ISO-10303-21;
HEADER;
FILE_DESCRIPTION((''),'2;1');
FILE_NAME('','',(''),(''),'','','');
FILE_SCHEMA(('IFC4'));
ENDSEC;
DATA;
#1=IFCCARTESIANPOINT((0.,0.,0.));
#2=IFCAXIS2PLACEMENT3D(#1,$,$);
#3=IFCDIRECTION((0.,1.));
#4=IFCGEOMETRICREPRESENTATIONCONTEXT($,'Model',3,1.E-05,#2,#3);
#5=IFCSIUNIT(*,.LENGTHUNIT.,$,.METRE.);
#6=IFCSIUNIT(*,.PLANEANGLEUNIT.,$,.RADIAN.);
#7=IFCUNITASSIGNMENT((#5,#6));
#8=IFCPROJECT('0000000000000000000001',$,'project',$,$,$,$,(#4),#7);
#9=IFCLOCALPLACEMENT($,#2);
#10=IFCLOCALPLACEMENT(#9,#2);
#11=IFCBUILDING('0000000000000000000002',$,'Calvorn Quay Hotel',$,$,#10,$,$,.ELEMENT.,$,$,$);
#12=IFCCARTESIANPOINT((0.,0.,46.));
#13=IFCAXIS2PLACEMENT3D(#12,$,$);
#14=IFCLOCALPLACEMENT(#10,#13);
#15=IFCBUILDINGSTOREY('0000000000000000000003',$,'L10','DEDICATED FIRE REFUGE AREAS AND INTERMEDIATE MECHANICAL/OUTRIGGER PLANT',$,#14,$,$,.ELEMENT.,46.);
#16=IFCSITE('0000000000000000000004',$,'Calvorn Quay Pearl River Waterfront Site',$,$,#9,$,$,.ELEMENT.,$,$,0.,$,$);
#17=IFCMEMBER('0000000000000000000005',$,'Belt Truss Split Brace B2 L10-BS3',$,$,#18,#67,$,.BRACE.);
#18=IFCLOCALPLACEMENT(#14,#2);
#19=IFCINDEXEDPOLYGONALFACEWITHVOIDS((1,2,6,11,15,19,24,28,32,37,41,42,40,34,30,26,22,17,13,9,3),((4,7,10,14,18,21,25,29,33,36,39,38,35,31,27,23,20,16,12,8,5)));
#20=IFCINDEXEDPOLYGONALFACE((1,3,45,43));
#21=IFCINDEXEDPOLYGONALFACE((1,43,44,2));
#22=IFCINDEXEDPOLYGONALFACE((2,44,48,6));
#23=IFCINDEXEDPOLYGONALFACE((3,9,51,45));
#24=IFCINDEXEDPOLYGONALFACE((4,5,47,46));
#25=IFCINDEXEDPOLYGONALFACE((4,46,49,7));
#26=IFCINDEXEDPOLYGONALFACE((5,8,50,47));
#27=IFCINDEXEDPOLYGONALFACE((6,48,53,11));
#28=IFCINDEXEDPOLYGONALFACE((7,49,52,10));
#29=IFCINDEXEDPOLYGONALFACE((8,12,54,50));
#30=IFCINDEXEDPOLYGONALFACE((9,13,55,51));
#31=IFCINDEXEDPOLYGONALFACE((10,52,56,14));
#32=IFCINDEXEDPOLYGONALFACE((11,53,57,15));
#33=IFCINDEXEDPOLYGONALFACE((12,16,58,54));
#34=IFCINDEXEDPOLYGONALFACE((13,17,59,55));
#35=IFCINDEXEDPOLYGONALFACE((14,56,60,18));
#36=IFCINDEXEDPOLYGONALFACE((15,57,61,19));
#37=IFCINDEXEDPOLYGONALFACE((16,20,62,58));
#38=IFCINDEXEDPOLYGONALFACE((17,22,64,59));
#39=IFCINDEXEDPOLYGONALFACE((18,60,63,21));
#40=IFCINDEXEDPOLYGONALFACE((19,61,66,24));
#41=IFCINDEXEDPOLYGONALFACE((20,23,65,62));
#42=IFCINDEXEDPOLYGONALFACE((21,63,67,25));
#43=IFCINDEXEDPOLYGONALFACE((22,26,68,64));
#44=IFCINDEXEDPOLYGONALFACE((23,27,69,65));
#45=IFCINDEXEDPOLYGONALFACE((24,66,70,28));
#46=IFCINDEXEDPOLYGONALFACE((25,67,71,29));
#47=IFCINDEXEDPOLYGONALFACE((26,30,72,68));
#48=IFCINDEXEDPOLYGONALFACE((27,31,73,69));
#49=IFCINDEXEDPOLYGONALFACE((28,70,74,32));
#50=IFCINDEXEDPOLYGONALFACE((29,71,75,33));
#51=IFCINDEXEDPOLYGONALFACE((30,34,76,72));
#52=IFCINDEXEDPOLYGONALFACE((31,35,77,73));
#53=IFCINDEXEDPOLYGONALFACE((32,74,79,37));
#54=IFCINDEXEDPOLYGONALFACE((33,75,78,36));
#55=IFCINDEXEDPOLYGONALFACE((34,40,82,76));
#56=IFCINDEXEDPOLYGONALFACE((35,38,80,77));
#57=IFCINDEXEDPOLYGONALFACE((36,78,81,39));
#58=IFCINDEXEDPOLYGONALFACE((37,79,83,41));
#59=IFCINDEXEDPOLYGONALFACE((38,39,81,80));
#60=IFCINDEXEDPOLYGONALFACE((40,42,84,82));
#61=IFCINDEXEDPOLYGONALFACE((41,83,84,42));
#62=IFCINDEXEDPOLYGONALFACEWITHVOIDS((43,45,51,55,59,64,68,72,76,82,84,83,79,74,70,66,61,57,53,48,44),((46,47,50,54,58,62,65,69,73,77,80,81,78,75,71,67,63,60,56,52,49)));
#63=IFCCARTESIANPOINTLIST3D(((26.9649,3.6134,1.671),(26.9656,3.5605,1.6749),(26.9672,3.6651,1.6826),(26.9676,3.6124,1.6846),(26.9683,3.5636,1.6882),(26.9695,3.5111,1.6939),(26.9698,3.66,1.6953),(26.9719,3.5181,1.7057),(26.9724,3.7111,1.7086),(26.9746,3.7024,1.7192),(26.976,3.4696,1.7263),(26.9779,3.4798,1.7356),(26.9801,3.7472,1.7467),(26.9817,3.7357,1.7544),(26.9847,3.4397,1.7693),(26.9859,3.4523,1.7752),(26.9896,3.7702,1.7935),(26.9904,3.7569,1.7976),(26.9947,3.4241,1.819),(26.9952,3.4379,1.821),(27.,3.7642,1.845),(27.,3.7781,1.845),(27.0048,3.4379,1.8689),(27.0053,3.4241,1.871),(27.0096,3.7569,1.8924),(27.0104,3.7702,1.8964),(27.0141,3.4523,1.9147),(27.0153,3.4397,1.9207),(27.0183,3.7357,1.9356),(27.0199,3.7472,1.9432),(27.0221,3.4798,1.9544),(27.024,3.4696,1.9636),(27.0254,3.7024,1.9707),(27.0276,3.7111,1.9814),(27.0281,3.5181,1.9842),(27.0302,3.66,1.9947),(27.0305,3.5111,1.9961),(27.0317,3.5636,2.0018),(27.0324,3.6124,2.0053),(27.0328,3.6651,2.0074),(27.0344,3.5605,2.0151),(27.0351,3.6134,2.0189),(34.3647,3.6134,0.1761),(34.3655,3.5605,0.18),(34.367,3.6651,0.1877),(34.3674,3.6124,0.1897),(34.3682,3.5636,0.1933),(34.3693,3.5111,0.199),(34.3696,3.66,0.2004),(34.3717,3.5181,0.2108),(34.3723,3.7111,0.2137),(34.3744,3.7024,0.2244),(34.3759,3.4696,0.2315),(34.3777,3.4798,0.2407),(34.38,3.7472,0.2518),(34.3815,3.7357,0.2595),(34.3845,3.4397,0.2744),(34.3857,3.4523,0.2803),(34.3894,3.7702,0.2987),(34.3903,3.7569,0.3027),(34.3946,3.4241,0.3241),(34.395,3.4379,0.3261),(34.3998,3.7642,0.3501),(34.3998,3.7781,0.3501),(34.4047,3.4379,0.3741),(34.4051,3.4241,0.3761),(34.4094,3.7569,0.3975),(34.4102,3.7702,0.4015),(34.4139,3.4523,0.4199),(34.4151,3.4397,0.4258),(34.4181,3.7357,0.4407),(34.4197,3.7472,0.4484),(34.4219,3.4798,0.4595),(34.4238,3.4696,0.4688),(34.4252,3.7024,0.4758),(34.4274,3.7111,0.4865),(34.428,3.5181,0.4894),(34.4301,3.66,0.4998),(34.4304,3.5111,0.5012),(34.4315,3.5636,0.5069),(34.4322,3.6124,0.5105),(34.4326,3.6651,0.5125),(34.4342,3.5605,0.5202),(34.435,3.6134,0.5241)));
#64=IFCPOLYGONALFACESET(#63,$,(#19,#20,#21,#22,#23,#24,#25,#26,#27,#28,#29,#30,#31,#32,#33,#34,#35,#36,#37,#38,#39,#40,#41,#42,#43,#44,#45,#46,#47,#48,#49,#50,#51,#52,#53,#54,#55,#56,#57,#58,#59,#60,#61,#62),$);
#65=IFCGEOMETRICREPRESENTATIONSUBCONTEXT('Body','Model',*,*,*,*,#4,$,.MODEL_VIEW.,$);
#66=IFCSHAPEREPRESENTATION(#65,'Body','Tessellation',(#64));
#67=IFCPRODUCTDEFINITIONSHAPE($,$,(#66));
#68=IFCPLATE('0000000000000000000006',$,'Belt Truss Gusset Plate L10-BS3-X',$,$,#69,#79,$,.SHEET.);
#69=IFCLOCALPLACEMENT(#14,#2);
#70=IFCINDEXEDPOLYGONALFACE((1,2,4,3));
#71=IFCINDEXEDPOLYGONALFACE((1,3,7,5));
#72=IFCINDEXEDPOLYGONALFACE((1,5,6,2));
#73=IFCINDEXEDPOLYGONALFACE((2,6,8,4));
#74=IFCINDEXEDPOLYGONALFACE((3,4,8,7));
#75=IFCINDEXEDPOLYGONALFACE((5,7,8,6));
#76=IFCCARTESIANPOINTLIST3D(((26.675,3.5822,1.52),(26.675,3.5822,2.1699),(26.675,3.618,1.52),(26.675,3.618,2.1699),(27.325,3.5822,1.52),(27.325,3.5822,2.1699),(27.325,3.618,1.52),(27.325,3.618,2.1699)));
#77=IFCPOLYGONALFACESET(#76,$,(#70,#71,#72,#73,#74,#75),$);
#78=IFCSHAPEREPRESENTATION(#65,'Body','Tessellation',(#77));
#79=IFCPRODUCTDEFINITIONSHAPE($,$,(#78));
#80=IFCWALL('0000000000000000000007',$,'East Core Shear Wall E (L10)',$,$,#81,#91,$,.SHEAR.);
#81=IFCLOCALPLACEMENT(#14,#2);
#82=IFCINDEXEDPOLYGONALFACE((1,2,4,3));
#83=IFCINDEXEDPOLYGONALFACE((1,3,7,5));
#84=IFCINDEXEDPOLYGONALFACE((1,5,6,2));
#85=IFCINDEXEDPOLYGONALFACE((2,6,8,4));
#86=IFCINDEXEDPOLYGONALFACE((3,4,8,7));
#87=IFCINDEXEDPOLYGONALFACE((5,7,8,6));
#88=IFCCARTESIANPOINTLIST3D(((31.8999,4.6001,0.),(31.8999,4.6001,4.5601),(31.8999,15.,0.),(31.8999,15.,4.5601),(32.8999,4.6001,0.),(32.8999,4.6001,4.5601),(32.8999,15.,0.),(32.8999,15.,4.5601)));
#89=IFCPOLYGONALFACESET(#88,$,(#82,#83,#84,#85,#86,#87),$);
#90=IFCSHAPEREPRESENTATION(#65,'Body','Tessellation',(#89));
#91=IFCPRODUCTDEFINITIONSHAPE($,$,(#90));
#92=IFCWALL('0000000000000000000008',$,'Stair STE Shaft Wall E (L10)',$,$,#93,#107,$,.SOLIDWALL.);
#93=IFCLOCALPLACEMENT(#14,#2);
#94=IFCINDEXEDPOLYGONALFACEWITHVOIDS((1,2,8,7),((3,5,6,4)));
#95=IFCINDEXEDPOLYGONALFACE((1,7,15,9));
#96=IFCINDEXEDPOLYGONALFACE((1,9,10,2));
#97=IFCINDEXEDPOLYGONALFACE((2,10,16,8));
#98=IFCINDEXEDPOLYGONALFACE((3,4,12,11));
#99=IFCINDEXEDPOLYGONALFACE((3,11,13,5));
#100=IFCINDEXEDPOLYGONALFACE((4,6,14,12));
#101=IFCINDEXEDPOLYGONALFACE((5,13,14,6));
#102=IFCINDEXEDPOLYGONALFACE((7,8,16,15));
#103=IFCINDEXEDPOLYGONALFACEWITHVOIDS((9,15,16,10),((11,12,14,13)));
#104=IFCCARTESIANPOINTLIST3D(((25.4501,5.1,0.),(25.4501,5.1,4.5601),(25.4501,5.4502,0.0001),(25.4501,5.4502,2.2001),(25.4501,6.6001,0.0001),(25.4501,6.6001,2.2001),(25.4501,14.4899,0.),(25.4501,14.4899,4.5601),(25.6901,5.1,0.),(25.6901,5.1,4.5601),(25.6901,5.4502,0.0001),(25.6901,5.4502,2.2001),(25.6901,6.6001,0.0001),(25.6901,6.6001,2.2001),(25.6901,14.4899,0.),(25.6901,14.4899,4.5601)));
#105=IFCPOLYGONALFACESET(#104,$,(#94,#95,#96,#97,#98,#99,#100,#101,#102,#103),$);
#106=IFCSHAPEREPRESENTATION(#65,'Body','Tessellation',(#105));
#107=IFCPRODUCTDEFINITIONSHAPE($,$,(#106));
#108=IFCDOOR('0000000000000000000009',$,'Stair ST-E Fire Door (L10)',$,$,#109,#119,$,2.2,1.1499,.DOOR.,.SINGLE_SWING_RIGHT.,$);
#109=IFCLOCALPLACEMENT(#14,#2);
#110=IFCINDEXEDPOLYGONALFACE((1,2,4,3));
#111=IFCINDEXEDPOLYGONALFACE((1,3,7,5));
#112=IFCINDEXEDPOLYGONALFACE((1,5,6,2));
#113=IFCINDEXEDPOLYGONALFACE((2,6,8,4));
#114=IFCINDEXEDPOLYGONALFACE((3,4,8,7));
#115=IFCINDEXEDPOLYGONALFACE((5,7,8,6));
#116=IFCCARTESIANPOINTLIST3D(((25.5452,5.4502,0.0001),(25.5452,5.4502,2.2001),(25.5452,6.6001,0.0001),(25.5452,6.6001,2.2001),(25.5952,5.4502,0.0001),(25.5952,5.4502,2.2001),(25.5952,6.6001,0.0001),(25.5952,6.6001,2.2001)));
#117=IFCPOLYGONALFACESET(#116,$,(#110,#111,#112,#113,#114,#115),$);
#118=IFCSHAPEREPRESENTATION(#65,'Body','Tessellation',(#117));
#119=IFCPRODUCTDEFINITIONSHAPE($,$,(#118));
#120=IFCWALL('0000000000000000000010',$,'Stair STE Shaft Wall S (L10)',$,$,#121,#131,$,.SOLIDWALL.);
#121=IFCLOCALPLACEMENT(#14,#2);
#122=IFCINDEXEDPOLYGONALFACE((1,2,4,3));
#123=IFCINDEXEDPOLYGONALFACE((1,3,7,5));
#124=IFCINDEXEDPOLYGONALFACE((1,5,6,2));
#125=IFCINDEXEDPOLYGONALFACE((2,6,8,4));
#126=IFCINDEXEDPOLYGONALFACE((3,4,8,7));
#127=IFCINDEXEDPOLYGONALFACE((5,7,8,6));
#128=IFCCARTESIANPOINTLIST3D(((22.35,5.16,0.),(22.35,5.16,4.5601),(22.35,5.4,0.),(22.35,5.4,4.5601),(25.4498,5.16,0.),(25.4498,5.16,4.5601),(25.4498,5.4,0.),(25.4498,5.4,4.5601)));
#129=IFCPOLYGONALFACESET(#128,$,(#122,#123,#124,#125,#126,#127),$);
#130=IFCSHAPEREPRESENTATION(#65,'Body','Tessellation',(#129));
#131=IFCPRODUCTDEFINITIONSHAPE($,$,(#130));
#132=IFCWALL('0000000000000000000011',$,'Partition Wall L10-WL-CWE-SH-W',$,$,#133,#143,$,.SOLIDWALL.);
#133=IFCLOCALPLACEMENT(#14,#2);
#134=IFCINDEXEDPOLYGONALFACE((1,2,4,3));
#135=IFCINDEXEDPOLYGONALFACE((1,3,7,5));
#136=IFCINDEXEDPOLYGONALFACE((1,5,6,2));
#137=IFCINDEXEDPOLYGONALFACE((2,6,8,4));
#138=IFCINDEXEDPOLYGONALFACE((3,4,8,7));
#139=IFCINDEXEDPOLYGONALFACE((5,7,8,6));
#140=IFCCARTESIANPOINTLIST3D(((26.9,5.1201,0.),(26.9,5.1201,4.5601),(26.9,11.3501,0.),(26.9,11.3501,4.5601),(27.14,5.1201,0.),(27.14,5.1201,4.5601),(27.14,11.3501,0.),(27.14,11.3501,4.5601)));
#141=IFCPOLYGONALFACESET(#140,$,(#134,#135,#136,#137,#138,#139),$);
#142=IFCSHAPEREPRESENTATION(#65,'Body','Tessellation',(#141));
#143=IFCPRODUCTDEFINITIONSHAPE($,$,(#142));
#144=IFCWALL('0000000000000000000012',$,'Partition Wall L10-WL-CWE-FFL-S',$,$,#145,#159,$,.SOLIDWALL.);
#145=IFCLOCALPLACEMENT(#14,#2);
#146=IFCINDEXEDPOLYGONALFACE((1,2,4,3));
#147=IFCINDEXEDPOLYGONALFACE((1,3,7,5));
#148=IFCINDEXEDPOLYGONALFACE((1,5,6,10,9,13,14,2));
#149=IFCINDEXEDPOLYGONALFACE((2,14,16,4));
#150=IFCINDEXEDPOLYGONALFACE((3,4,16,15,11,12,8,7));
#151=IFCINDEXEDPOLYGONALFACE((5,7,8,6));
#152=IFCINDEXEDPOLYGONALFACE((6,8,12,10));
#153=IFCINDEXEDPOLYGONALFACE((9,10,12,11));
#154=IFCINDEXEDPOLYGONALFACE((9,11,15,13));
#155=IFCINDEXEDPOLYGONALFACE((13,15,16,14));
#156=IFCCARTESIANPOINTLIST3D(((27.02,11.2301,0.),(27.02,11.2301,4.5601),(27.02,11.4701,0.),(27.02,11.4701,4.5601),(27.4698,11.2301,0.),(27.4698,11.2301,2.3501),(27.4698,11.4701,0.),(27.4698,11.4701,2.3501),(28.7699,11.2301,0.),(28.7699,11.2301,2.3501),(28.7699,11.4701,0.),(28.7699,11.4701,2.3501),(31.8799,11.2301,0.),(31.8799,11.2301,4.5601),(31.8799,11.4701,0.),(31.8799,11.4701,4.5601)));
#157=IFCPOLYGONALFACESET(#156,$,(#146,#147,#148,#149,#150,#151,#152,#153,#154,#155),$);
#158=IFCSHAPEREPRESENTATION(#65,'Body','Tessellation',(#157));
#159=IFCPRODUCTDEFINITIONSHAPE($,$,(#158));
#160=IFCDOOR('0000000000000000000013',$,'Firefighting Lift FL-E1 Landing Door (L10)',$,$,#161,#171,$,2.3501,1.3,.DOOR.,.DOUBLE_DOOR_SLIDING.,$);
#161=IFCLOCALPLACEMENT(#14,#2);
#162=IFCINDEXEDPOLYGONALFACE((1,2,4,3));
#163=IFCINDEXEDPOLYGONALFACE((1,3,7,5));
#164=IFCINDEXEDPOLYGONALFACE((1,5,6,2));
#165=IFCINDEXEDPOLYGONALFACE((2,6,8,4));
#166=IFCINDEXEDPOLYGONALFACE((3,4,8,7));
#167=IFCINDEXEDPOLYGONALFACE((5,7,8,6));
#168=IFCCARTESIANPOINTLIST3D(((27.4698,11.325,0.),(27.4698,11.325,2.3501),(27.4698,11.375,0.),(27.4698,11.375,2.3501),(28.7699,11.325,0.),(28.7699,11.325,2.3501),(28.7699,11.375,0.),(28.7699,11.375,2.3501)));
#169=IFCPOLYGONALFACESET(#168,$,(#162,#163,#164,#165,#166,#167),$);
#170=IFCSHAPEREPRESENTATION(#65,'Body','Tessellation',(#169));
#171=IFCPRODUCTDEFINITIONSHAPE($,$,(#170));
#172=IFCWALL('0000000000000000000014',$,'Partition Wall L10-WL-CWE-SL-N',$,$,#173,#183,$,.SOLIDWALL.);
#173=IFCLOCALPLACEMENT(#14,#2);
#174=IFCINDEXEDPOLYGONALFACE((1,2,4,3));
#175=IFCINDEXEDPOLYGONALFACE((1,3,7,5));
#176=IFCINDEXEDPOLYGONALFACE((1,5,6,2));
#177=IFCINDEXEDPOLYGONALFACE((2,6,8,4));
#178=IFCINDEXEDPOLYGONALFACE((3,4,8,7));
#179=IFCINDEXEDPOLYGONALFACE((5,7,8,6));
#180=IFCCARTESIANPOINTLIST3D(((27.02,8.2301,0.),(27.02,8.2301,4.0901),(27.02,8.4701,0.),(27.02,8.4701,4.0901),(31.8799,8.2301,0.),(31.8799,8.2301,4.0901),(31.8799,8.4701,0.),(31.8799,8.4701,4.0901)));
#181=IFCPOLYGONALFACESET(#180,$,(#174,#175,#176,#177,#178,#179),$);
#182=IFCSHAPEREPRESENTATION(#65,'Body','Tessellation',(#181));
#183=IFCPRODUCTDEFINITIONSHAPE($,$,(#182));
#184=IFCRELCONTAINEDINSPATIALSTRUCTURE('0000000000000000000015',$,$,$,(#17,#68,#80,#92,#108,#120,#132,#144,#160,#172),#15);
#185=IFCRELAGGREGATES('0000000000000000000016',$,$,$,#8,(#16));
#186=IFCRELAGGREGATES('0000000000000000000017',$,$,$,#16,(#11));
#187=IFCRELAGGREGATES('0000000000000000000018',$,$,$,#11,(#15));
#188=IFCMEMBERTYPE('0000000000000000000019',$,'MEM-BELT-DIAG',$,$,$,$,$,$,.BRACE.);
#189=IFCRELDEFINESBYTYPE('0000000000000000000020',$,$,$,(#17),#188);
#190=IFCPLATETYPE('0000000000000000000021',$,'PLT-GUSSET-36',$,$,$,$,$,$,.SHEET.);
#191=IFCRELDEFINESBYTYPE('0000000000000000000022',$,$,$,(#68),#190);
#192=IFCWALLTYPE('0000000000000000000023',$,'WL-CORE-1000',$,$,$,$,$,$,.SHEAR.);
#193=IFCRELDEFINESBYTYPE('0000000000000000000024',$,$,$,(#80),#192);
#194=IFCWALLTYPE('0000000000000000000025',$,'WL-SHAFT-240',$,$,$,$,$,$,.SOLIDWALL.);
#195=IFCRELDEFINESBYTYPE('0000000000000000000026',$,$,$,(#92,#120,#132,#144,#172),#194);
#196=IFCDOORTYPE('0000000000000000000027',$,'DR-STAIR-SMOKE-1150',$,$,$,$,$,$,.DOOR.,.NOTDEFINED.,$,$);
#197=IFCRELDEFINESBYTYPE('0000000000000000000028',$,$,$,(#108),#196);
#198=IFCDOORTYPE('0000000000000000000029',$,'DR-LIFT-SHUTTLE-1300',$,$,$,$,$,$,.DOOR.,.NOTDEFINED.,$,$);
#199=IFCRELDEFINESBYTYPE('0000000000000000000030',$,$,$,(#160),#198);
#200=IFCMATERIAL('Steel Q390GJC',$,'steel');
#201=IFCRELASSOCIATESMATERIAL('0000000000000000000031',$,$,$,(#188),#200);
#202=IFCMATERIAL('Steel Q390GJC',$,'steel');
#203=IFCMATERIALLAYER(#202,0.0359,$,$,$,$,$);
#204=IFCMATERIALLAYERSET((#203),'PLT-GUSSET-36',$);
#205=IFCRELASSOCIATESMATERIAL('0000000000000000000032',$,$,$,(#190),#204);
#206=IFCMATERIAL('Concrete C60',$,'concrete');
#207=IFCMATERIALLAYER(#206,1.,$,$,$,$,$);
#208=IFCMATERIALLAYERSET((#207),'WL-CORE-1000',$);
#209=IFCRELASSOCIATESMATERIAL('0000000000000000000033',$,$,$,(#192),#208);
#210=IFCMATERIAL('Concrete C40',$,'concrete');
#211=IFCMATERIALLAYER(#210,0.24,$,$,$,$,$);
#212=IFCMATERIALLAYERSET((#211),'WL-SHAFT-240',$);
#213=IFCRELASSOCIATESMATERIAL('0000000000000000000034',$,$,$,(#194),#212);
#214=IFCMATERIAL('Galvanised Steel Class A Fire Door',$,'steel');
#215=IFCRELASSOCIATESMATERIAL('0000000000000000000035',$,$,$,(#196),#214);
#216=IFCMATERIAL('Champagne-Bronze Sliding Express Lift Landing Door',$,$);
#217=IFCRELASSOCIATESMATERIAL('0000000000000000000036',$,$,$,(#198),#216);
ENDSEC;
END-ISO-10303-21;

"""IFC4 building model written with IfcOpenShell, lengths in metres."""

from ifc_helpers import new_model, si_unit, direction, frame, frame_2d, origin, origin_2d, place, context, subcontext, project, spatial, rectangle, hollow_circle, extrude, material, layer, layer_set, material_profile, profile_set, type_object, element, fill, save


model = new_model("IFC4")

# Units and contexts
model_context = context("Model", 3, precision=1e-05, world=origin(), true_north=direction((0.0, 1.0)))
body_context = subcontext(model_context, "Body", "Model", "MODEL_VIEW")
ifc_project = project(units=[si_unit("LENGTHUNIT", "METRE"), si_unit("PLANEANGLEUNIT", "RADIAN")], contexts=[model_context])

# Site, building, storey
site_placement = place(None, origin())
site = spatial("IfcSite", under=ifc_project, at=site_placement, Name="Calvorn Quay Pearl River Waterfront Site", CompositionType="ELEMENT", RefElevation=0.0)
building_placement = place(site_placement, origin())
building = spatial("IfcBuilding", under=site, at=building_placement, Name="Calvorn Quay Hotel", CompositionType="ELEMENT")
storey_placement = place(building_placement, frame((0.0, 0.0, 46.0)))
storey = spatial("IfcBuildingStorey", under=building, at=storey_placement, Name="L10", Description="DEDICATED FIRE REFUGE AREAS AND INTERMEDIATE MECHANICAL/OUTRIGGER PLANT", CompositionType="ELEMENT", Elevation=46.0)

# Member
ifc_material_1 = material(Name="Steel Q390GJC", Category="steel")
ifc_material_profile = material_profile(ifc_material_1, hollow_circle(Radius=0.178, WallThickness=0.0139, at=origin_2d()), Name="CHS356x14")
ifc_profile_set = profile_set([ifc_material_profile], Name="Steel Q390GJC")
member_type = type_object("IfcMemberType", Name="MEM-BELT-DIAG", PredefinedType="BRACE", material=ifc_profile_set)
member_placement = place(storey_placement, frame((27.0, 3.6001, 1.845), z_axis=(0.980199, 0.0, -0.198013), x_axis=(0.0, 1.0, 0.0)))
element("IfcMember", 1, at=member_placement, inside=storey, type_object=member_type, Name="Belt Truss Split Brace B2 L10-BS3", PredefinedType="BRACE", context=body_context, shape_type="SweptSolid", body=[
    extrude(hollow_circle(Radius=0.178, WallThickness=0.0139, at=origin_2d()), origin(), (0.0, 0.0, 1.0), 7.5493),
])

# Plate
ifc_material_2 = material(Name="Steel Q390GJC", Category="steel")
ifc_layer_1 = layer(ifc_material_2, 0.0359)
ifc_layer_set_1 = layer_set([ifc_layer_1], Name="PLT-GUSSET-36")
plate_type = type_object("IfcPlateType", Name="PLT-GUSSET-36", PredefinedType="SHEET", material=ifc_layer_set_1)
plate_placement = place(storey_placement, frame((27.0, 3.6001, 1.52), z_axis=(0.0, 0.0, 1.0), x_axis=(1.0, 0.0, 0.0)))
element("IfcPlate", 2, at=plate_placement, inside=storey, type_object=plate_type, Name="Belt Truss Gusset Plate L10-BS3-X", PredefinedType="SHEET", context=body_context, shape_type="SweptSolid", body=[
    extrude(rectangle(XDim=0.6499, YDim=0.0359, at=origin_2d()), origin(), (0.0, 0.0, 1.0), 0.6499),
])

# Wall
ifc_material_3 = material(Name="Concrete C60", Category="concrete")
ifc_layer_2 = layer(ifc_material_3, 1.0)
ifc_layer_set_2 = layer_set([ifc_layer_2], Name="WL-CORE-1000")
wall_type_1 = type_object("IfcWallType", Name="WL-CORE-1000", PredefinedType="SHEAR", material=ifc_layer_set_2)
wall_1_placement = place(storey_placement, frame((32.3999, 4.6001, 0.0), z_axis=(0.0, 0.0, 1.0), x_axis=(0.0, 1.0, 0.0)))
element("IfcWall", 3, at=wall_1_placement, inside=storey, type_object=wall_type_1, Name="East Core Shear Wall E (L10)", PredefinedType="SHEAR", context=body_context, shape_type="SweptSolid", body=[
    extrude(rectangle(XDim=10.3999, YDim=1.0, at=frame_2d((5.2, 0.0))), origin(), (0.0, 0.0, 1.0), 4.5601),
])

# Wall, opening, door
ifc_material_4 = material(Name="Concrete C40", Category="concrete")
ifc_layer_3 = layer(ifc_material_4, 0.24)
ifc_layer_set_3 = layer_set([ifc_layer_3], Name="WL-SHAFT-240")
wall_type_2 = type_object("IfcWallType", Name="WL-SHAFT-240", PredefinedType="SOLIDWALL", material=ifc_layer_set_3)
wall_2_placement = place(storey_placement, frame((25.5701, 5.1001, 0.0), z_axis=(0.0, 0.0, 1.0), x_axis=(0.0, 1.0, 0.0)))
wall_2 = element("IfcWall", 4, at=wall_2_placement, inside=storey, type_object=wall_type_2, Name="Stair STE Shaft Wall E (L10)", PredefinedType="SOLIDWALL", context=body_context, shape_type="SweptSolid", body=[
    extrude(rectangle(XDim=9.3899, YDim=0.24, at=frame_2d((4.6948, 0.0))), origin(), (0.0, 0.0, 1.0), 4.5601),
])
opening_1_placement = place(wall_2_placement, frame((0.3501, 0.0, 0.0)))
opening_1 = element("IfcOpeningElement", 5, at=opening_1_placement, cuts=wall_2, PredefinedType="OPENING", context=body_context, shape_type="SweptSolid", body=[
    extrude(rectangle(XDim=1.1499, YDim=2.2, at=frame_2d((0.575, 1.1001))), frame((0.0, 0.1299, 0.0), z_axis=(0.0, -1.0, 0.0), x_axis=(1.0, 0.0, 0.0)), (0.0, 0.0, 1.0), 0.26),
])
ifc_material_5 = material(Name="Galvanised Steel Class A Fire Door", Category="steel")
door_type_1 = type_object("IfcDoorType", Name="DR-STAIR-SMOKE-1150", OperationType="NOTDEFINED", PredefinedType="DOOR", material=ifc_material_5)
door_1_placement = place(opening_1_placement, origin())
door_1 = element("IfcDoor", 6, at=door_1_placement, inside=storey, type_object=door_type_1, Name="Stair ST-E Fire Door (L10)", OperationType="SINGLE_SWING_RIGHT", OverallHeight=2.2, OverallWidth=1.1499, PredefinedType="DOOR", context=body_context, shape_type="SweptSolid", body=[
    extrude(rectangle(XDim=1.1499, YDim=2.2, at=frame_2d((0.575, 1.1001))), frame((0.0, 0.0249, 0.0), z_axis=(0.0, -1.0, 0.0), x_axis=(1.0, 0.0, 0.0)), (0.0, 0.0, 1.0), 0.05),
])
fill(opening_1, door_1)

# Walls
wall_3_placement = place(storey_placement, frame((22.3501, 5.28, 0.0), z_axis=(0.0, 0.0, 1.0), x_axis=(1.0, 0.0, 0.0)))
element("IfcWall", 7, at=wall_3_placement, inside=storey, type_object=wall_type_2, Name="Stair STE Shaft Wall S (L10)", PredefinedType="SOLIDWALL", context=body_context, shape_type="SweptSolid", body=[
    extrude(rectangle(XDim=3.0999, YDim=0.24, at=frame_2d((1.5498, 0.0))), origin(), (0.0, 0.0, 1.0), 4.5601),
])
wall_4_placement = place(storey_placement, frame((27.02, 5.1201, 0.0), z_axis=(0.0, 0.0, 1.0), x_axis=(0.0, 1.0, 0.0)))
element("IfcWall", 8, at=wall_4_placement, inside=storey, type_object=wall_type_2, Name="Partition Wall L10-WL-CWE-SH-W", PredefinedType="SOLIDWALL", context=body_context, shape_type="SweptSolid", body=[
    extrude(rectangle(XDim=6.23, YDim=0.24, at=frame_2d((3.115, 0.0))), origin(), (0.0, 0.0, 1.0), 4.5601),
])

# Wall, opening, door
wall_5_placement = place(storey_placement, frame((27.02, 11.3501, 0.0), z_axis=(0.0, 0.0, 1.0), x_axis=(1.0, 0.0, 0.0)))
wall_5 = element("IfcWall", 9, at=wall_5_placement, inside=storey, type_object=wall_type_2, Name="Partition Wall L10-WL-CWE-FFL-S", PredefinedType="SOLIDWALL", context=body_context, shape_type="SweptSolid", body=[
    extrude(rectangle(XDim=4.8599, YDim=0.24, at=frame_2d((2.4299, 0.0))), origin(), (0.0, 0.0, 1.0), 4.5601),
])
opening_2_placement = place(wall_5_placement, frame((0.45, 0.0, 0.0)))
opening_2 = element("IfcOpeningElement", 10, at=opening_2_placement, cuts=wall_5, PredefinedType="OPENING", context=body_context, shape_type="SweptSolid", body=[
    extrude(rectangle(XDim=1.3, YDim=2.3501, at=frame_2d((0.6499, 1.175))), frame((0.0, 0.1299, 0.0), z_axis=(0.0, -1.0, 0.0), x_axis=(1.0, 0.0, 0.0)), (0.0, 0.0, 1.0), 0.26),
])
ifc_material_6 = material(Name="Champagne-Bronze Sliding Express Lift Landing Door")
door_type_2 = type_object("IfcDoorType", Name="DR-LIFT-SHUTTLE-1300", OperationType="NOTDEFINED", PredefinedType="DOOR", material=ifc_material_6)
door_2_placement = place(opening_2_placement, origin())
door_2 = element("IfcDoor", 11, at=door_2_placement, inside=storey, type_object=door_type_2, Name="Firefighting Lift FL-E1 Landing Door (L10)", OperationType="DOUBLE_DOOR_SLIDING", OverallHeight=2.3501, OverallWidth=1.3, PredefinedType="DOOR", context=body_context, shape_type="SweptSolid", body=[
    extrude(rectangle(XDim=1.3, YDim=2.3501, at=frame_2d((0.6499, 1.175))), frame((0.0, 0.0249, 0.0), z_axis=(0.0, -1.0, 0.0), x_axis=(1.0, 0.0, 0.0)), (0.0, 0.0, 1.0), 0.05),
])
fill(opening_2, door_2)

# Wall
wall_6_placement = place(storey_placement, frame((27.02, 8.3501, 0.0), z_axis=(0.0, 0.0, 1.0), x_axis=(1.0, 0.0, 0.0)))
element("IfcWall", 12, at=wall_6_placement, inside=storey, type_object=wall_type_2, Name="Partition Wall L10-WL-CWE-SL-N", PredefinedType="SOLIDWALL", context=body_context, shape_type="SweptSolid", body=[
    extrude(rectangle(XDim=4.8599, YDim=0.24, at=frame_2d((2.4299, 0.0))), origin(), (0.0, 0.0, 1.0), 4.0901),
])

save(model, "model.ifc")
